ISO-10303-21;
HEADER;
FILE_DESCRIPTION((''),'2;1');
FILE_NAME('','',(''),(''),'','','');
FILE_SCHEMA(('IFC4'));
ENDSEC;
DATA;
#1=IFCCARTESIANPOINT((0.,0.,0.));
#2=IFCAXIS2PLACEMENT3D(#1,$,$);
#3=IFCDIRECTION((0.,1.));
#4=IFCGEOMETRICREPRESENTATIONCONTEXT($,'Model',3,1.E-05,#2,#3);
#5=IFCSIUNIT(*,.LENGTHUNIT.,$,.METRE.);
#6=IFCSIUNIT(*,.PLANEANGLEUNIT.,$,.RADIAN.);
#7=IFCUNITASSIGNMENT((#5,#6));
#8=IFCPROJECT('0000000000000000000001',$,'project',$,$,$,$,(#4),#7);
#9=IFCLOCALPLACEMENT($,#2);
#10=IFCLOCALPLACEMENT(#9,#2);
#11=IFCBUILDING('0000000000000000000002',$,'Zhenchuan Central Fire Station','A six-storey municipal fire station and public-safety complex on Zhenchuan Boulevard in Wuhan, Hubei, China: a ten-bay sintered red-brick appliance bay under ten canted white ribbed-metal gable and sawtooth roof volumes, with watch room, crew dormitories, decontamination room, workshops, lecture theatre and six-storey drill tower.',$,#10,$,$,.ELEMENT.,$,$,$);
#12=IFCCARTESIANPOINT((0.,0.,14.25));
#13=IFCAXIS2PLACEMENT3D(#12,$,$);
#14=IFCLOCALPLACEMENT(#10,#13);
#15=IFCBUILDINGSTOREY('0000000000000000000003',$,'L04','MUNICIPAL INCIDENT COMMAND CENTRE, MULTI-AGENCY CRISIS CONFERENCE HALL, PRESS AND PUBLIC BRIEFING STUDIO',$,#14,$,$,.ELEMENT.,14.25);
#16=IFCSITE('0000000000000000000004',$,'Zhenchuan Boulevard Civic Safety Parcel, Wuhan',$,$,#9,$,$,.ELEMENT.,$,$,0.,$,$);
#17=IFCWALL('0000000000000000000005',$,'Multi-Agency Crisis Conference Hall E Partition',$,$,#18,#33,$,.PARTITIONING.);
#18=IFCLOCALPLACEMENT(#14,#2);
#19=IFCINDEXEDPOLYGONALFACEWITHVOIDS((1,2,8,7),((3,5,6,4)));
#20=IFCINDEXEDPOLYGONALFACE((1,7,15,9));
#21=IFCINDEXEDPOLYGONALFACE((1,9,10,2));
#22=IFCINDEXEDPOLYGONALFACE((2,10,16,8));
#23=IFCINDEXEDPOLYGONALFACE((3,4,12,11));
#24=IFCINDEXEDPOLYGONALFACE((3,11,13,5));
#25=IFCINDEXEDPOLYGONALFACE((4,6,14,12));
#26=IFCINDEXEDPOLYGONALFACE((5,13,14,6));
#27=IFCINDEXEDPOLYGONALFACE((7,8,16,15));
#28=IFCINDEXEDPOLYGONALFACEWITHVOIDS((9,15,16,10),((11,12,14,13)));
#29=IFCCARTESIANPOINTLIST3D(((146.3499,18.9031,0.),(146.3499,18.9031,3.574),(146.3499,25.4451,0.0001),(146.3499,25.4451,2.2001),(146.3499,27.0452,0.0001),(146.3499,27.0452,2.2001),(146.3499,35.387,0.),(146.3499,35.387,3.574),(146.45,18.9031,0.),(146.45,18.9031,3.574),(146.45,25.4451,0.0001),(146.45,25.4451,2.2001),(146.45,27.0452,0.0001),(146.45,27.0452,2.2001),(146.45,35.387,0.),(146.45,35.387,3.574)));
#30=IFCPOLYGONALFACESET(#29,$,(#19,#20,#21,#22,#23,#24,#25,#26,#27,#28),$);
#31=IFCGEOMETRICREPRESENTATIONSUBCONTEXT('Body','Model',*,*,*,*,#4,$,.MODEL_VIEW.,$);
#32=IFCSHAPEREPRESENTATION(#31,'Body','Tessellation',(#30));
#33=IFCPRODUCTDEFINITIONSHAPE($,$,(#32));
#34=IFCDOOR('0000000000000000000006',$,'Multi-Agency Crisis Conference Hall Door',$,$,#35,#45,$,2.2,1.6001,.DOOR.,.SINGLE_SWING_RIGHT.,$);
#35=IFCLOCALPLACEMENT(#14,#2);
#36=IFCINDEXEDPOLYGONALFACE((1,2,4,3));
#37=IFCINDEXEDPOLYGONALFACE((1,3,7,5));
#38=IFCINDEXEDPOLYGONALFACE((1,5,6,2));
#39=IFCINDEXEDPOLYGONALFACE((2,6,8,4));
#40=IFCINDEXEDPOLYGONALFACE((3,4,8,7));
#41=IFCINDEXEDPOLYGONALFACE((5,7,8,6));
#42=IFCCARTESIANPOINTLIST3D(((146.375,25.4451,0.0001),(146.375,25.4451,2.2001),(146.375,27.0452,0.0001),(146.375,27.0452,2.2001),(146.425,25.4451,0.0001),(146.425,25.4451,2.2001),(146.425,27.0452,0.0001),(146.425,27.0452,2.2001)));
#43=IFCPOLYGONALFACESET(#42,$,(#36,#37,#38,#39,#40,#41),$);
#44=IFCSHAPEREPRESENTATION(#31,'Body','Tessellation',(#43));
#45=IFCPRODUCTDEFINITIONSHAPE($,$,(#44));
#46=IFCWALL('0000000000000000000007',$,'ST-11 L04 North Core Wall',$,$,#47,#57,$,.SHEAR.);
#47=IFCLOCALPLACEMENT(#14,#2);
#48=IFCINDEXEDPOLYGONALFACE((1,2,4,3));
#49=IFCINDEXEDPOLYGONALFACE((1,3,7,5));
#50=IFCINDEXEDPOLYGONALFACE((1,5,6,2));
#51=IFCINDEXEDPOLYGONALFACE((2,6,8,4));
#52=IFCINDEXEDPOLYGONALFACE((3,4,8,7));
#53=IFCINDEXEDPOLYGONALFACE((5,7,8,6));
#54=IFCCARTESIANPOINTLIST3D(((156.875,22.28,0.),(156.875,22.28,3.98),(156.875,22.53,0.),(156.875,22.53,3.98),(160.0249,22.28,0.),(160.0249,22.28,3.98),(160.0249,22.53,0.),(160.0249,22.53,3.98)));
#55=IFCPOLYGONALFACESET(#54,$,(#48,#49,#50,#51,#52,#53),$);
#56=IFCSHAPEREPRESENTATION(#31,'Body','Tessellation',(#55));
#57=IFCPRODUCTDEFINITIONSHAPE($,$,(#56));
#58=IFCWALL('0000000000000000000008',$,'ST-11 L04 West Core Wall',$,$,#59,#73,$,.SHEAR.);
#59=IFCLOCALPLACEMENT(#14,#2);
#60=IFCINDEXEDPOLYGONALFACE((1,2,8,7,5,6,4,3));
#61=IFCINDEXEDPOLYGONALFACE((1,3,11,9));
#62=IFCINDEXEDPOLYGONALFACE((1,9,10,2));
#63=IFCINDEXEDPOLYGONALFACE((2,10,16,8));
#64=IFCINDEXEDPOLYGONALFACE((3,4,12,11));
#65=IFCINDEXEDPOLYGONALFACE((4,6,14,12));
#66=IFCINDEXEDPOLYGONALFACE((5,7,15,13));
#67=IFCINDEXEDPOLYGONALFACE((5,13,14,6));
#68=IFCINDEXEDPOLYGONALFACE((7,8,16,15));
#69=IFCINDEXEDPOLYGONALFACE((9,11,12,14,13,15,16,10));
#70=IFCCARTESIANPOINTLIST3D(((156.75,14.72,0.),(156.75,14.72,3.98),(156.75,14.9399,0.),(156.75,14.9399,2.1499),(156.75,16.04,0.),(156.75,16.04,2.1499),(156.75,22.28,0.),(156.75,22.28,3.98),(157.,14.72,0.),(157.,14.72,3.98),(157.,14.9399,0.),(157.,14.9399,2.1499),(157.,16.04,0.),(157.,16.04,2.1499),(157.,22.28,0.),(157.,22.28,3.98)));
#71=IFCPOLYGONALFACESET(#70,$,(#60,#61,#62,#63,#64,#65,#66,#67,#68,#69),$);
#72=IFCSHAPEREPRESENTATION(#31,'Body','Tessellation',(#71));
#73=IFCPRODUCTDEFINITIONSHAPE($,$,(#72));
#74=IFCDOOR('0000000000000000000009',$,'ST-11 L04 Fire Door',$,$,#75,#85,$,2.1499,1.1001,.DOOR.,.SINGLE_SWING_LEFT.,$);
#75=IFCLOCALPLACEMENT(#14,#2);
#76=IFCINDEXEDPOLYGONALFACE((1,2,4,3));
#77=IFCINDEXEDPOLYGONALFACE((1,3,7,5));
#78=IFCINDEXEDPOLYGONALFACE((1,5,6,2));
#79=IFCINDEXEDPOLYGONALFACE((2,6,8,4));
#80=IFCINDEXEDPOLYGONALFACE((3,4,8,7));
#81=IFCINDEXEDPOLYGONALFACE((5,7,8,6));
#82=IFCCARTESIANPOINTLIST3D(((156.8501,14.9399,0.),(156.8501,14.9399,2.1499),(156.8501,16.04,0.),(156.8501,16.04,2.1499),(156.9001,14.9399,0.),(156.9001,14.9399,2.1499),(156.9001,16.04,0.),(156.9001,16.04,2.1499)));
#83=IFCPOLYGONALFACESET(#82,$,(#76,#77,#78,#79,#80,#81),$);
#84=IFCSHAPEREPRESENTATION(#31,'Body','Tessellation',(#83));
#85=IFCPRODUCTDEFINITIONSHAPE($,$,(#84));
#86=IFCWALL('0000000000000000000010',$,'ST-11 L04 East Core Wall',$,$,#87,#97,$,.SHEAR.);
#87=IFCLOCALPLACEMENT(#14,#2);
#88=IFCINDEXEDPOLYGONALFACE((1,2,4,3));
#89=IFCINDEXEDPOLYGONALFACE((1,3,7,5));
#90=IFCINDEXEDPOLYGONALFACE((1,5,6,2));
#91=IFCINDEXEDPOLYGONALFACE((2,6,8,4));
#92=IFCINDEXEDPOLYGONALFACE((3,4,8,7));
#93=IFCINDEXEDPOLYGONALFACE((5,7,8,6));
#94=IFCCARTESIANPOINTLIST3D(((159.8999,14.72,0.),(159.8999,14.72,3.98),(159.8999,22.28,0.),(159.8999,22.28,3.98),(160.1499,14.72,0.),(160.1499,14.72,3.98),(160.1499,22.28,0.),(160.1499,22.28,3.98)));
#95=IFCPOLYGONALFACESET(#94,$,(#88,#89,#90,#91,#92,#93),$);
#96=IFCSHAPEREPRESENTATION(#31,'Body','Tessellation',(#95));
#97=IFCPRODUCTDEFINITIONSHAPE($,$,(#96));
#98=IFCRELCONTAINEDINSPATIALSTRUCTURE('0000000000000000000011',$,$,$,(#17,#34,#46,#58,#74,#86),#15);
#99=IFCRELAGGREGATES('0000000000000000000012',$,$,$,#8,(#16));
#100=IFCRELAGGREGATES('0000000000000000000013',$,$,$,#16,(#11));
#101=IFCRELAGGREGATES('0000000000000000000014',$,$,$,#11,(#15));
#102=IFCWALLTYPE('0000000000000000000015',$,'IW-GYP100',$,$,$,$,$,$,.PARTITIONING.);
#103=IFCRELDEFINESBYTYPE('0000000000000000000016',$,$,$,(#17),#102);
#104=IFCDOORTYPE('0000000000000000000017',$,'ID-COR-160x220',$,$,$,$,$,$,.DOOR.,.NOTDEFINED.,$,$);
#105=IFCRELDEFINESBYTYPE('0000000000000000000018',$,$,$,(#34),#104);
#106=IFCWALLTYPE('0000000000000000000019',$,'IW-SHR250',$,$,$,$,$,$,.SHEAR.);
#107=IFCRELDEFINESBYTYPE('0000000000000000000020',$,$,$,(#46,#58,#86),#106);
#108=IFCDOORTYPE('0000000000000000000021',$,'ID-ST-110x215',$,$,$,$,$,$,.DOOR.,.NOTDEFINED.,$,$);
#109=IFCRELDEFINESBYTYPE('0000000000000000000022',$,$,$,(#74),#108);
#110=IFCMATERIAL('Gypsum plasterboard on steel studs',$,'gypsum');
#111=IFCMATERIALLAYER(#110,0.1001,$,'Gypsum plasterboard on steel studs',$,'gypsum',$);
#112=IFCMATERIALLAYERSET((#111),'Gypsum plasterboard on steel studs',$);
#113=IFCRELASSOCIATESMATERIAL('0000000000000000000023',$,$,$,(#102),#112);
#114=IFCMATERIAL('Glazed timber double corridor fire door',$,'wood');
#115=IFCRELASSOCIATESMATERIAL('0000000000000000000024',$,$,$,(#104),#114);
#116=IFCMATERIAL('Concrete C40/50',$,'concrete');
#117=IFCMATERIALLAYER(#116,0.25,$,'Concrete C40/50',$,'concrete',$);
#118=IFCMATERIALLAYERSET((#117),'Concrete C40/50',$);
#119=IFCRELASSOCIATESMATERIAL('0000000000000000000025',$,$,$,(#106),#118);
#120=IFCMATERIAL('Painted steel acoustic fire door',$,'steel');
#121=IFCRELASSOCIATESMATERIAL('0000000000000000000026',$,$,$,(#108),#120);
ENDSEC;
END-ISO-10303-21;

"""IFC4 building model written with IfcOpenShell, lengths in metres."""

from ifc_helpers import new_model, si_unit, direction, frame, frame_2d, origin, place, context, subcontext, project, spatial, rectangle, extrude, material, layer, layer_set, type_object, element, fill, save


model = new_model("IFC4")

# Units and contexts
model_context = context("Model", 3, precision=1e-05, world=origin(), true_north=direction((0.0, 1.0)))
body_context = subcontext(model_context, "Body", "Model", "MODEL_VIEW")
ifc_project = project(units=[si_unit("LENGTHUNIT", "METRE"), si_unit("PLANEANGLEUNIT", "RADIAN")], contexts=[model_context])

# Site, building, storey
site_placement = place(None, origin())
site = spatial("IfcSite", under=ifc_project, at=site_placement, Name="Zhenchuan Boulevard Civic Safety Parcel, Wuhan", CompositionType="ELEMENT", RefElevation=0.0)
building_placement = place(site_placement, origin())
building = spatial("IfcBuilding", under=site, at=building_placement, Name="Zhenchuan Central Fire Station", Description="A six-storey municipal fire station and public-safety complex on Zhenchuan Boulevard in Wuhan, Hubei, China: a ten-bay sintered red-brick appliance bay under ten canted white ribbed-metal gable and sawtooth roof volumes, with watch room, crew dormitories, decontamination room, workshops, lecture theatre and six-storey drill tower.", CompositionType="ELEMENT")
storey_placement = place(building_placement, frame((0.0, 0.0, 14.25)))
storey = spatial("IfcBuildingStorey", under=building, at=storey_placement, Name="L04", Description="MUNICIPAL INCIDENT COMMAND CENTRE, MULTI-AGENCY CRISIS CONFERENCE HALL, PRESS AND PUBLIC BRIEFING STUDIO", CompositionType="ELEMENT", Elevation=14.25)

# Wall, opening, door
ifc_material_1 = material(Name="Gypsum plasterboard on steel studs", Category="gypsum")
ifc_layer_1 = layer(ifc_material_1, 0.1001, Name="Gypsum plasterboard on steel studs", Category="gypsum")
ifc_layer_set_1 = layer_set([ifc_layer_1], Name="Gypsum plasterboard on steel studs")
wall_type_1 = type_object("IfcWallType", Name="IW-GYP100", PredefinedType="PARTITIONING", material=ifc_layer_set_1)
wall_1_placement = place(storey_placement, frame((146.3999, 18.9031, 0.0), z_axis=(0.0, 0.0, 1.0), x_axis=(0.0, 1.0, 0.0)))
wall_1 = element("IfcWall", 1, at=wall_1_placement, inside=storey, type_object=wall_type_1, Name="Multi-Agency Crisis Conference Hall E Partition", PredefinedType="PARTITIONING", context=body_context, shape_type="SweptSolid", body=[
    extrude(rectangle(XDim=16.4839, YDim=0.1001, at=frame_2d((8.2419, 0.0))), origin(), (0.0, 0.0, 1.0), 3.574),
])
opening_1_placement = place(wall_1_placement, frame((6.542, 0.0, 0.0)))
opening_1 = element("IfcOpeningElement", 2, at=opening_1_placement, cuts=wall_1, PredefinedType="OPENING", context=body_context, shape_type="SweptSolid", body=[
    extrude(rectangle(XDim=1.6001, YDim=2.2, at=frame_2d((0.8, 1.1001))), frame((0.0, 0.0601, 0.0), z_axis=(0.0, -1.0, 0.0), x_axis=(1.0, 0.0, 0.0)), (0.0, 0.0, 1.0), 0.1201),
])
ifc_material_2 = material(Name="Glazed timber double corridor fire door", Category="wood")
door_type_1 = type_object("IfcDoorType", Name="ID-COR-160x220", OperationType="NOTDEFINED", PredefinedType="DOOR", material=ifc_material_2)
door_1_placement = place(opening_1_placement, origin())
door_1 = element("IfcDoor", 3, at=door_1_placement, inside=storey, type_object=door_type_1, Name="Multi-Agency Crisis Conference Hall Door", OperationType="SINGLE_SWING_RIGHT", OverallHeight=2.2, OverallWidth=1.6001, PredefinedType="DOOR", context=body_context, shape_type="SweptSolid", body=[
    extrude(rectangle(XDim=1.6001, YDim=2.2, at=frame_2d((0.8, 1.1001))), frame((0.0, 0.0249, 0.0), z_axis=(0.0, -1.0, 0.0), x_axis=(1.0, 0.0, 0.0)), (0.0, 0.0, 1.0), 0.05),
])
fill(opening_1, door_1)

# Wall
ifc_material_3 = material(Name="Concrete C40/50", Category="concrete")
ifc_layer_2 = layer(ifc_material_3, 0.25, Name="Concrete C40/50", Category="concrete")
ifc_layer_set_2 = layer_set([ifc_layer_2], Name="Concrete C40/50")
wall_type_2 = type_object("IfcWallType", Name="IW-SHR250", PredefinedType="SHEAR", material=ifc_layer_set_2)
wall_2_placement = place(storey_placement, frame((156.875, 22.405, 0.0), z_axis=(0.0, 0.0, 1.0), x_axis=(1.0, 0.0, 0.0)))
element("IfcWall", 4, at=wall_2_placement, inside=storey, type_object=wall_type_2, Name="ST-11 L04 North Core Wall", PredefinedType="SHEAR", context=body_context, shape_type="SweptSolid", body=[
    extrude(rectangle(XDim=3.1499, YDim=0.25, at=frame_2d((1.575, 0.0))), origin(), (0.0, 0.0, 1.0), 3.98),
])

# Wall, opening, door
wall_3_placement = place(storey_placement, frame((156.875, 14.72, 0.0), z_axis=(0.0, 0.0, 1.0), x_axis=(0.0, 1.0, 0.0)))
wall_3 = element("IfcWall", 5, at=wall_3_placement, inside=storey, type_object=wall_type_2, Name="ST-11 L04 West Core Wall", PredefinedType="SHEAR", context=body_context, shape_type="SweptSolid", body=[
    extrude(rectangle(XDim=7.5601, YDim=0.25, at=frame_2d((3.78, 0.0))), origin(), (0.0, 0.0, 1.0), 3.98),
])
opening_2_placement = place(wall_3_placement, frame((0.22, 0.0, 0.0)))
opening_2 = element("IfcOpeningElement", 6, at=opening_2_placement, cuts=wall_3, PredefinedType="OPENING", context=body_context, shape_type="SweptSolid", body=[
    extrude(rectangle(XDim=1.1001, YDim=2.1499, at=frame_2d((0.55, 1.075))), frame((0.0, 0.135, 0.0), z_axis=(0.0, -1.0, 0.0), x_axis=(1.0, 0.0, 0.0)), (0.0, 0.0, 1.0), 0.27),
])
ifc_material_4 = material(Name="Painted steel acoustic fire door", Category="steel")
door_type_2 = type_object("IfcDoorType", Name="ID-ST-110x215", OperationType="NOTDEFINED", PredefinedType="DOOR", material=ifc_material_4)
door_2_placement = place(opening_2_placement, origin())
door_2 = element("IfcDoor", 7, at=door_2_placement, inside=storey, type_object=door_type_2, Name="ST-11 L04 Fire Door", OperationType="SINGLE_SWING_LEFT", OverallHeight=2.1499, OverallWidth=1.1001, PredefinedType="DOOR", context=body_context, shape_type="SweptSolid", body=[
    extrude(rectangle(XDim=1.1001, YDim=2.1499, at=frame_2d((0.55, 1.075))), frame((0.0, 0.0249, 0.0), z_axis=(0.0, -1.0, 0.0), x_axis=(1.0, 0.0, 0.0)), (0.0, 0.0, 1.0), 0.05),
])
fill(opening_2, door_2)

# Wall
wall_4_placement = place(storey_placement, frame((160.0249, 14.72, 0.0), z_axis=(0.0, 0.0, 1.0), x_axis=(0.0, 1.0, 0.0)))
element("IfcWall", 8, at=wall_4_placement, inside=storey, type_object=wall_type_2, Name="ST-11 L04 East Core Wall", PredefinedType="SHEAR", context=body_context, shape_type="SweptSolid", body=[
    extrude(rectangle(XDim=7.5601, YDim=0.25, at=frame_2d((3.78, 0.0))), origin(), (0.0, 0.0, 1.0), 3.98),
])

save(model, "model.ifc")
